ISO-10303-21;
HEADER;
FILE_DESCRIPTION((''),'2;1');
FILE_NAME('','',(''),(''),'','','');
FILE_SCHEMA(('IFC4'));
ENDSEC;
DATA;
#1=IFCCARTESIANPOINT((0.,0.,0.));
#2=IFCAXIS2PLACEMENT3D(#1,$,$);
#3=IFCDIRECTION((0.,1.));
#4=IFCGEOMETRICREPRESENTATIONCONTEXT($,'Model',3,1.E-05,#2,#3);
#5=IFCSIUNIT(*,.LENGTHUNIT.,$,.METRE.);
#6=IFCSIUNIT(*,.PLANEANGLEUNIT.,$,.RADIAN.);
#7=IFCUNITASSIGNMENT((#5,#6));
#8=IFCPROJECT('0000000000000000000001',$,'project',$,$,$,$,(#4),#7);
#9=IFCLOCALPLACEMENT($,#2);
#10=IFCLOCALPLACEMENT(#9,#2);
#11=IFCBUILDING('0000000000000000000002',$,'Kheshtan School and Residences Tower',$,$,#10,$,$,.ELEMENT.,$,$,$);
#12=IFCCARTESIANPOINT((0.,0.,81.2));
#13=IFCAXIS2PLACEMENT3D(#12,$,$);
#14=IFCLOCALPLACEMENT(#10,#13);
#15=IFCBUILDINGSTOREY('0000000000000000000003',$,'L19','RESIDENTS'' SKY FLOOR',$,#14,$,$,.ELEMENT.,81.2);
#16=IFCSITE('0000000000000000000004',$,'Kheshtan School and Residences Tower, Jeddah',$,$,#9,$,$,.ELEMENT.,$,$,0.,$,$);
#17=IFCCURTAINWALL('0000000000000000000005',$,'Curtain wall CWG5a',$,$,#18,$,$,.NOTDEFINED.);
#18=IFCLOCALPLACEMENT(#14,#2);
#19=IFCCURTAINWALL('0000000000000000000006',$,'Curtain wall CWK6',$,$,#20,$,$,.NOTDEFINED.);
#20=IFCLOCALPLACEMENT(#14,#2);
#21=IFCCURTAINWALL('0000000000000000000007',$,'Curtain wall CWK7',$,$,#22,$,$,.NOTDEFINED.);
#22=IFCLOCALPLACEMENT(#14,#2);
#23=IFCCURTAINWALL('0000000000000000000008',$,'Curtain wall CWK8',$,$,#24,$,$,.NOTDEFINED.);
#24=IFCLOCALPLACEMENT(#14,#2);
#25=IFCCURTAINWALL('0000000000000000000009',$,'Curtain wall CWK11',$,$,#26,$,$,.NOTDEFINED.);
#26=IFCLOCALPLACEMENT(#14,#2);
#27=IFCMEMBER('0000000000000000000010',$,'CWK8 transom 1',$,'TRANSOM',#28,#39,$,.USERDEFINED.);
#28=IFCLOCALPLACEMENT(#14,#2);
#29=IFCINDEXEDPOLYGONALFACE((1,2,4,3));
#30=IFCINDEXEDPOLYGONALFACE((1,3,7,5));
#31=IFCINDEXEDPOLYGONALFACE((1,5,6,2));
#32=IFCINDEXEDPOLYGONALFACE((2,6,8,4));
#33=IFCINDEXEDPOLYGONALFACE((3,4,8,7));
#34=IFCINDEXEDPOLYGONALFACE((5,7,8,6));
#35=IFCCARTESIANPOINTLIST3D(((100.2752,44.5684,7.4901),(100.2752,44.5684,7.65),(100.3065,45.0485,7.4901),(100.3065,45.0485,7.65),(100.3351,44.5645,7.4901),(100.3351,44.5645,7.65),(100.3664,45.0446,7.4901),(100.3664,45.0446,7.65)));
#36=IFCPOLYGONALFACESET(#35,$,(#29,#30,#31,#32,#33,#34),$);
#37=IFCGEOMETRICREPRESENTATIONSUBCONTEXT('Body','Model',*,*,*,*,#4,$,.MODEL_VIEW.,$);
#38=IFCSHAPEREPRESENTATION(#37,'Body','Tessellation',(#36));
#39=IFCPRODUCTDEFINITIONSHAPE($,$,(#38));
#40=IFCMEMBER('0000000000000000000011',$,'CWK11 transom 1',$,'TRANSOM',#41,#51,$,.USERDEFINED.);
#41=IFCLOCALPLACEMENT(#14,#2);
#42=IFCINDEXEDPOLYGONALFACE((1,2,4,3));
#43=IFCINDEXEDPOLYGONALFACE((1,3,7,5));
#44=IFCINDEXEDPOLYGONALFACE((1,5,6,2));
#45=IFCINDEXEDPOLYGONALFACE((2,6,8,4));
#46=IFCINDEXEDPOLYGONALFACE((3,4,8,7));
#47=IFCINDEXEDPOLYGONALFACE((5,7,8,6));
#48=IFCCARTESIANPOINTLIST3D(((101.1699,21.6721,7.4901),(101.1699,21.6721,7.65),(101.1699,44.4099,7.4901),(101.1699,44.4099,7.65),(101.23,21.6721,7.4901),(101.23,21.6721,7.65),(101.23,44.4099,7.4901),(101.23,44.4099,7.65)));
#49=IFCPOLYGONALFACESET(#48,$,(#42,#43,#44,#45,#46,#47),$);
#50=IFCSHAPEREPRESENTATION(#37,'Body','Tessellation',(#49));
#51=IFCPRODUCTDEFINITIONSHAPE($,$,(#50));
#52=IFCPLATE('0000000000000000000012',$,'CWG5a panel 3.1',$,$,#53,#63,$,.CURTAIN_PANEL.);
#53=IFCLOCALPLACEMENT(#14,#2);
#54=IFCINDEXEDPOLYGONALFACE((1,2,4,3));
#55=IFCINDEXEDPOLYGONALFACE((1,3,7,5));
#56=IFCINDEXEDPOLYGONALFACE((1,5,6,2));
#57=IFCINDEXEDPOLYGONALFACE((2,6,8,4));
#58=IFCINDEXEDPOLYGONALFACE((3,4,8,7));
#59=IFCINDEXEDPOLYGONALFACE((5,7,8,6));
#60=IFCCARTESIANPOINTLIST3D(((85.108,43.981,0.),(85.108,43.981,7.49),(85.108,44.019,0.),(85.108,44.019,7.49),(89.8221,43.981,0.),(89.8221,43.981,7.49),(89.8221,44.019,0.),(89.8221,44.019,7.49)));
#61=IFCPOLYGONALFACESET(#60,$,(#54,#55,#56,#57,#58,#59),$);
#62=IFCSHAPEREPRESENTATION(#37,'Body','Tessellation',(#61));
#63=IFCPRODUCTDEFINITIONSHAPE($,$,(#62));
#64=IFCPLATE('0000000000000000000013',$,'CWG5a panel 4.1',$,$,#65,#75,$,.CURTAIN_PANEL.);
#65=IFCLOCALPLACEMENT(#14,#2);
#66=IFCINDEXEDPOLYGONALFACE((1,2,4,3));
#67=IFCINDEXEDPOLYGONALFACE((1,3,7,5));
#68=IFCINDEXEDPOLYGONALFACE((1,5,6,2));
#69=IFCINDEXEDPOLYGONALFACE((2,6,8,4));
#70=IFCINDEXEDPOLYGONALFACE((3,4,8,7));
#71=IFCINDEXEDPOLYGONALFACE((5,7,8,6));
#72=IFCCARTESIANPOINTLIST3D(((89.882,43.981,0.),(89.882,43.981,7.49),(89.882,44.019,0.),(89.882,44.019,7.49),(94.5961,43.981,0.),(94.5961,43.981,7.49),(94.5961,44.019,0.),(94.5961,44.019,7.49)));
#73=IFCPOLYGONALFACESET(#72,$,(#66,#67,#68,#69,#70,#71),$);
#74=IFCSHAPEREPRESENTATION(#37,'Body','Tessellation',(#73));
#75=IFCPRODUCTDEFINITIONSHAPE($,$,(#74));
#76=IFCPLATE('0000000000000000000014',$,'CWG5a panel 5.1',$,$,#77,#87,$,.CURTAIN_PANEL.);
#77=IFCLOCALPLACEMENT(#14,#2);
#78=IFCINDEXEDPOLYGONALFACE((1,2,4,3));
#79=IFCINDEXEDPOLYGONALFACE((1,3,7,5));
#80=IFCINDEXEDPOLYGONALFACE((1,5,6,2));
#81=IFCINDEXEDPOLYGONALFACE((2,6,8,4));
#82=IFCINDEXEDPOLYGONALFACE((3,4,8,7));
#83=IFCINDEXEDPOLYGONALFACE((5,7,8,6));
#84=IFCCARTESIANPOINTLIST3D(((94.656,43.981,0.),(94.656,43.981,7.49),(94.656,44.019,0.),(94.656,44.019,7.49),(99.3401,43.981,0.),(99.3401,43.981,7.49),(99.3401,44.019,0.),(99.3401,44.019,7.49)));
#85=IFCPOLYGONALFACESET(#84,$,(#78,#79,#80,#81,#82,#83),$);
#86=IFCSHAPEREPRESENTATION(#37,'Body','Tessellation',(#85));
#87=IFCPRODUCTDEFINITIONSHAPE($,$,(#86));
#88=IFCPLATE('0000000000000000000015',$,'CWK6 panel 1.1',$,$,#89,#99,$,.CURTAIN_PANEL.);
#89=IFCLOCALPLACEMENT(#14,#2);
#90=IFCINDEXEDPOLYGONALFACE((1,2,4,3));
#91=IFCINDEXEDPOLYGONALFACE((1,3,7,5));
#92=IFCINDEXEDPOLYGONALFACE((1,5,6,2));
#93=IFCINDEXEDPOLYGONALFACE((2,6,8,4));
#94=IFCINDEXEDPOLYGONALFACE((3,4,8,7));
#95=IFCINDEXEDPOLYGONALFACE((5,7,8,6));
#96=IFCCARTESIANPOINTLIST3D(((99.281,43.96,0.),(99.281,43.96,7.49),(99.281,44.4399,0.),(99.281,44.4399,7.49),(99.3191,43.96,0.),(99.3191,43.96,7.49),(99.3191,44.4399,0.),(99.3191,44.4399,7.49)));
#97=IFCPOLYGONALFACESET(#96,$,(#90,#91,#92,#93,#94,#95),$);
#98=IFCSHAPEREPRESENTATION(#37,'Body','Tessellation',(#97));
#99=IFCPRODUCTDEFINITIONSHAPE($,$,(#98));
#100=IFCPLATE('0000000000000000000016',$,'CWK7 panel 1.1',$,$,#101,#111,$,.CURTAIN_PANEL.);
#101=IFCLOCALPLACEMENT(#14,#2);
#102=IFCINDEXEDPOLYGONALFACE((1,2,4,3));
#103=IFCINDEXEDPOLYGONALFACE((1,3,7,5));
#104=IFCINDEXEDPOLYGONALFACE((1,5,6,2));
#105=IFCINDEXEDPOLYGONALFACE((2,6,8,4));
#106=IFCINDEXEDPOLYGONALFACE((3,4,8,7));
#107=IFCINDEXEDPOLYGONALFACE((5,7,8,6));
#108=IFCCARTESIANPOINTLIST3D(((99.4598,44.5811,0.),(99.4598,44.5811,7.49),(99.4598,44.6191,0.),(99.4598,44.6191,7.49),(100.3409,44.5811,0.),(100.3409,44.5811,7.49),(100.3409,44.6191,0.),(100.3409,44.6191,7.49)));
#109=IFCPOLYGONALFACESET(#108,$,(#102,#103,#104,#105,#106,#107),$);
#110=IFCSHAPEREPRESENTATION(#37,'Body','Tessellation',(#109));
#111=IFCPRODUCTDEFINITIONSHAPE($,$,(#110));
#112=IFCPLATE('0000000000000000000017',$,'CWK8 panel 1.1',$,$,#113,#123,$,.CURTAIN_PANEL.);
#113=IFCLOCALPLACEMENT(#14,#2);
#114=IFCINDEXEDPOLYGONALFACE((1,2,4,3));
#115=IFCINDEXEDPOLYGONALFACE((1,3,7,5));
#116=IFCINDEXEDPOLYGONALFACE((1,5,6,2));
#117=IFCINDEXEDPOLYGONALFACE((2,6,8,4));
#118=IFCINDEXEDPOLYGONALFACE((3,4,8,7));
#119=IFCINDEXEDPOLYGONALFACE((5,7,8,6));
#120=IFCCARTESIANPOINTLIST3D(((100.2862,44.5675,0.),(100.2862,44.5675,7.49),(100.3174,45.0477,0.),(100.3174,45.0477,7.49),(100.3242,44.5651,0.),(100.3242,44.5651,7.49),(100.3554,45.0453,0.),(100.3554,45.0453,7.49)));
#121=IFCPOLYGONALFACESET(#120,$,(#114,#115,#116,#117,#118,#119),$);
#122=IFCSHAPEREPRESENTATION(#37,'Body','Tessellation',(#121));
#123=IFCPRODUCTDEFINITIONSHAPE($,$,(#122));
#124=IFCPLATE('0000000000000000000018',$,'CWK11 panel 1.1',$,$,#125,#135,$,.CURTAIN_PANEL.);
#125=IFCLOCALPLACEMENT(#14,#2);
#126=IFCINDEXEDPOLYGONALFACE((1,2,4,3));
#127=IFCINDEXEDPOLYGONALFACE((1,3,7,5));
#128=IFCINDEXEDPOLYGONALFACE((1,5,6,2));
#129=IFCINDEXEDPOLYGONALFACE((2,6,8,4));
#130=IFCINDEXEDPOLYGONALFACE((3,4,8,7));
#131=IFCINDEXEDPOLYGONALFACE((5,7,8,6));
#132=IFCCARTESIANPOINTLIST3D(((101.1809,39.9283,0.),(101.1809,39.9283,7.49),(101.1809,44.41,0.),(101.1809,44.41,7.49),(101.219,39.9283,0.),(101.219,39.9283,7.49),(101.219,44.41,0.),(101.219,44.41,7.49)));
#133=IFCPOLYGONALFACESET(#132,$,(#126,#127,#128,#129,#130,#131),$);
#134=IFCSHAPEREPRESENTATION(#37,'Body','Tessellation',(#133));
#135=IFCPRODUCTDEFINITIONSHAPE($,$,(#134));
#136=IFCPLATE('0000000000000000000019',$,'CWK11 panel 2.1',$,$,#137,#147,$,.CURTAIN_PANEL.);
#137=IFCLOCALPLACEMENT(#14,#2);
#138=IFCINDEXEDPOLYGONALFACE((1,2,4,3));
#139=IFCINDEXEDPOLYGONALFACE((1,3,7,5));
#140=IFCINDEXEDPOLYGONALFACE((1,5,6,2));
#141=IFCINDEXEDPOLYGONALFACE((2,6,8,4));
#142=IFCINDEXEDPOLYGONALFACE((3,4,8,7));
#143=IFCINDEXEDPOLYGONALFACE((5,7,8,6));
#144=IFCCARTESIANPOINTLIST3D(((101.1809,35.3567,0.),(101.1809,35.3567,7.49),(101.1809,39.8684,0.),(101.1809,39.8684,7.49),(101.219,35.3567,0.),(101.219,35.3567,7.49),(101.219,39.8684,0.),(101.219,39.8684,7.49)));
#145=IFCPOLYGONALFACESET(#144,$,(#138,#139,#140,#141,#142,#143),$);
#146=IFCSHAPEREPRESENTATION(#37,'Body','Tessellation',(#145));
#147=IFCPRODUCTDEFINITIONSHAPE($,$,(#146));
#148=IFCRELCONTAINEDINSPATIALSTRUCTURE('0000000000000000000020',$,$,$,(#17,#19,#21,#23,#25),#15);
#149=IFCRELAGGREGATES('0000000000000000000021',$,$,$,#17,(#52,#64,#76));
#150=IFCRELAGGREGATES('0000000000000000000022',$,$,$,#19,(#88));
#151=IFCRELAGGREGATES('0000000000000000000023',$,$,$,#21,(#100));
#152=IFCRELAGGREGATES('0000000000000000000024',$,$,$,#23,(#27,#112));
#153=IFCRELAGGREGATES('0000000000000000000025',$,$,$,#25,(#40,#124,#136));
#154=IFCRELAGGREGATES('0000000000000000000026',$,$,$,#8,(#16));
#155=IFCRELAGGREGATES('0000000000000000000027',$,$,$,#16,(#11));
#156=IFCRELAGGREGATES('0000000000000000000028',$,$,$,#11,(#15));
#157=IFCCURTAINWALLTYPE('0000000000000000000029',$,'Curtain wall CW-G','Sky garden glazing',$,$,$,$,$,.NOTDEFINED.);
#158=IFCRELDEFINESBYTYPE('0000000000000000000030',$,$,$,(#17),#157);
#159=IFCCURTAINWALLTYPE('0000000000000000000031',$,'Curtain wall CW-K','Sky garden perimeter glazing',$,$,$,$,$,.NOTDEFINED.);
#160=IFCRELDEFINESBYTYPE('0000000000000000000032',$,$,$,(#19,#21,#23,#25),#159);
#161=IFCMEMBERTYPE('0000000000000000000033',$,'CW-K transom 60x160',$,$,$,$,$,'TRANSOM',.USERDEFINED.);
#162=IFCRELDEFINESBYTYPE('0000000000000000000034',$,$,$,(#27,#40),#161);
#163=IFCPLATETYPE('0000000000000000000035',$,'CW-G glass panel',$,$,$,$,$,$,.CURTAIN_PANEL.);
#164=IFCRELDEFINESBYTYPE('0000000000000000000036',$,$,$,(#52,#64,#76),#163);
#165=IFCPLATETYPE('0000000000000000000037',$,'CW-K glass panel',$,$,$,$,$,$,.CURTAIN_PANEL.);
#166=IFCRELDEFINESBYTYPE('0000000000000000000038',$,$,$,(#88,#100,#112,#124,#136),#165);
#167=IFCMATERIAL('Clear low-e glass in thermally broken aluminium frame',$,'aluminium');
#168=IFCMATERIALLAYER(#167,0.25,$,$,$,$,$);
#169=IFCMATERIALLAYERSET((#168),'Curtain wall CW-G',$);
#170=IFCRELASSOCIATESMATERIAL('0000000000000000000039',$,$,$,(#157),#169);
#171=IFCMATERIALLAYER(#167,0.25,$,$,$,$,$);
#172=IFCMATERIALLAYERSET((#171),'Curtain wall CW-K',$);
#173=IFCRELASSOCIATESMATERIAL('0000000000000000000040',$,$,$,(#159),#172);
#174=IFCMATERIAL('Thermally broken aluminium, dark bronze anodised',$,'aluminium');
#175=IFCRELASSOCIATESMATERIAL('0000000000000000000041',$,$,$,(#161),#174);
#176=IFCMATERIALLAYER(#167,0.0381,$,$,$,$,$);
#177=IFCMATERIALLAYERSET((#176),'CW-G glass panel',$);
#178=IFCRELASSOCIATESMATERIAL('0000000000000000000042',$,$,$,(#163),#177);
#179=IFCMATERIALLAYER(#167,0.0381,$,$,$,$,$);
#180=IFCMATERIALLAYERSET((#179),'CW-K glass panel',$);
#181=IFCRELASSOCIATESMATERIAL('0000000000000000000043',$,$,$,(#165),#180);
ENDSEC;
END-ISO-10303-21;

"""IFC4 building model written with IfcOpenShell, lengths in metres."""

from ifc_helpers import new_model, si_unit, direction, frame, origin, origin_2d, place, context, subcontext, project, spatial, rectangle, extrude, material, layer, layer_set, material_profile, profile_set, type_object, element, aggregate, save


model = new_model("IFC4")

# Units and contexts
model_context = context("Model", 3, precision=1e-05, world=origin(), true_north=direction((0.0, 1.0)))
body_context = subcontext(model_context, "Body", "Model", "MODEL_VIEW")
ifc_project = project(units=[si_unit("LENGTHUNIT", "METRE"), si_unit("PLANEANGLEUNIT", "RADIAN")], contexts=[model_context])

# Site, building, storey
site_placement = place(None, origin())
site = spatial("IfcSite", under=ifc_project, at=site_placement, Name="Kheshtan School and Residences Tower, Jeddah", CompositionType="ELEMENT", RefElevation=0.0)
building_placement = place(site_placement, origin())
building = spatial("IfcBuilding", under=site, at=building_placement, Name="Kheshtan School and Residences Tower", CompositionType="ELEMENT")
storey_placement = place(building_placement, frame((0.0, 0.0, 81.2)))
storey = spatial("IfcBuildingStorey", under=building, at=storey_placement, Name="L19", Description="RESIDENTS' SKY FLOOR", CompositionType="ELEMENT", Elevation=81.2)

# Curtain walls
ifc_material_1 = material(Name="Clear low-e glass in thermally broken aluminium frame", Category="aluminium")
ifc_layer_1 = layer(ifc_material_1, 0.25)
ifc_layer_set_1 = layer_set([ifc_layer_1], Name="Curtain wall CW-G")
curtain_wall_type_1 = type_object("IfcCurtainWallType", Name="Curtain wall CW-G", Description="Sky garden glazing", PredefinedType="NOTDEFINED", material=ifc_layer_set_1)
curtain_wall_1_placement = place(storey_placement, origin())
curtain_wall_1 = element("IfcCurtainWall", 1, at=curtain_wall_1_placement, inside=storey, type_object=curtain_wall_type_1, Name="Curtain wall CWG5a", PredefinedType="NOTDEFINED")
ifc_material_2 = material(Name="Thermally broken aluminium, dark bronze anodised", Category="aluminium")
ifc_layer_2 = layer(ifc_material_1, 0.25)
ifc_layer_set_2 = layer_set([ifc_layer_2], Name="Curtain wall CW-K")
curtain_wall_type_2 = type_object("IfcCurtainWallType", Name="Curtain wall CW-K", Description="Sky garden perimeter glazing", PredefinedType="NOTDEFINED", material=ifc_layer_set_2)
curtain_wall_2_placement = place(storey_placement, origin())
curtain_wall_2 = element("IfcCurtainWall", 2, at=curtain_wall_2_placement, inside=storey, type_object=curtain_wall_type_2, Name="Curtain wall CWK6", PredefinedType="NOTDEFINED")
curtain_wall_3_placement = place(storey_placement, origin())
curtain_wall_3 = element("IfcCurtainWall", 3, at=curtain_wall_3_placement, inside=storey, type_object=curtain_wall_type_2, Name="Curtain wall CWK7", PredefinedType="NOTDEFINED")

# Curtain wall
curtain_wall_4_placement = place(storey_placement, origin())
curtain_wall_4 = element("IfcCurtainWall", 4, at=curtain_wall_4_placement, inside=storey, type_object=curtain_wall_type_2, Name="Curtain wall CWK8", PredefinedType="NOTDEFINED")

# Curtain wall
curtain_wall_5_placement = place(storey_placement, origin())
curtain_wall_5 = element("IfcCurtainWall", 5, at=curtain_wall_5_placement, inside=storey, type_object=curtain_wall_type_2, Name="Curtain wall CWK11", PredefinedType="NOTDEFINED")

# Members
ifc_material_profile_1 = material_profile(ifc_material_2, rectangle(XDim=0.0601, YDim=0.1599, at=origin_2d()), Name="CW-K transom 60x160")
ifc_profile_set_1 = profile_set([ifc_material_profile_1], Name="Thermally broken aluminium, dark bronze anodised")
member_type_1 = type_object("IfcMemberType", Name="CW-K transom 60x160", ElementType="TRANSOM", PredefinedType="USERDEFINED", material=ifc_profile_set_1)
member_1_placement = place(storey_placement, frame((100.3052, 44.5664, 7.5701), z_axis=(0.064936, 0.997889, 0.0), x_axis=(-0.997889, 0.064936, 0.0)))
member_1 = element("IfcMember", 6, at=member_1_placement, type_object=member_type_1, Name="CWK8 transom 1", ObjectType="TRANSOM", PredefinedType="USERDEFINED", context=body_context, shape_type="SweptSolid", body=[
    extrude(rectangle(XDim=0.0601, YDim=0.1599, at=origin_2d()), origin(), (0.0, 0.0, 1.0), 0.4812),
])
member_2_placement = place(storey_placement, frame((101.2, 44.4099, 7.5701), z_axis=(0.0, -1.0, 0.0), x_axis=(1.0, 0.0, 0.0)))
member_2 = element("IfcMember", 7, at=member_2_placement, type_object=member_type_1, Name="CWK11 transom 1", ObjectType="TRANSOM", PredefinedType="USERDEFINED", context=body_context, shape_type="SweptSolid", body=[
    extrude(rectangle(XDim=0.0601, YDim=0.1599, at=origin_2d()), origin(), (0.0, 0.0, 1.0), 22.7378),
])

# Plates
ifc_layer_3 = layer(ifc_material_1, 0.0381)
ifc_layer_set_3 = layer_set([ifc_layer_3], Name="CW-G glass panel")
plate_type_1 = type_object("IfcPlateType", Name="CW-G glass panel", PredefinedType="CURTAIN_PANEL", material=ifc_layer_set_3)
plate_1_placement = place(storey_placement, frame((87.4651, 44.0, 0.0), z_axis=(0.0, 0.0, 1.0), x_axis=(1.0, 0.0, 0.0)))
plate_1 = element("IfcPlate", 8, at=plate_1_placement, type_object=plate_type_1, Name="CWG5a panel 3.1", PredefinedType="CURTAIN_PANEL", context=body_context, shape_type="SweptSolid", body=[
    extrude(rectangle(XDim=4.7141, YDim=0.0381, at=origin_2d()), origin(), (0.0, 0.0, 1.0), 7.49),
])
plate_2_placement = place(storey_placement, frame((92.239, 44.0, 0.0), z_axis=(0.0, 0.0, 1.0), x_axis=(1.0, 0.0, 0.0)))
plate_2 = element("IfcPlate", 9, at=plate_2_placement, type_object=plate_type_1, Name="CWG5a panel 4.1", PredefinedType="CURTAIN_PANEL", context=body_context, shape_type="SweptSolid", body=[
    extrude(rectangle(XDim=4.7141, YDim=0.0381, at=origin_2d()), origin(), (0.0, 0.0, 1.0), 7.49),
])
plate_3_placement = place(storey_placement, frame((96.998, 44.0, 0.0), z_axis=(0.0, 0.0, 1.0), x_axis=(1.0, 0.0, 0.0)))
plate_3 = element("IfcPlate", 10, at=plate_3_placement, type_object=plate_type_1, Name="CWG5a panel 5.1", PredefinedType="CURTAIN_PANEL", context=body_context, shape_type="SweptSolid", body=[
    extrude(rectangle(XDim=4.6841, YDim=0.0381, at=origin_2d()), origin(), (0.0, 0.0, 1.0), 7.49),
])
aggregate(curtain_wall_1, [plate_1, plate_2, plate_3])
ifc_layer_4 = layer(ifc_material_1, 0.0381)
ifc_layer_set_4 = layer_set([ifc_layer_4], Name="CW-K glass panel")
plate_type_2 = type_object("IfcPlateType", Name="CW-K glass panel", PredefinedType="CURTAIN_PANEL", material=ifc_layer_set_4)
plate_4_placement = place(storey_placement, frame((99.3, 44.2, 0.0), z_axis=(0.0, 0.0, 1.0), x_axis=(0.0, 1.0, 0.0)))
plate_4 = element("IfcPlate", 11, at=plate_4_placement, type_object=plate_type_2, Name="CWK6 panel 1.1", PredefinedType="CURTAIN_PANEL", context=body_context, shape_type="SweptSolid", body=[
    extrude(rectangle(XDim=0.48, YDim=0.0381, at=origin_2d()), origin(), (0.0, 0.0, 1.0), 7.49),
])
aggregate(curtain_wall_2, [plate_4])
plate_5_placement = place(storey_placement, frame((99.9004, 44.6001, 0.0), z_axis=(0.0, 0.0, 1.0), x_axis=(1.0, 0.0, 0.0)))
plate_5 = element("IfcPlate", 12, at=plate_5_placement, type_object=plate_type_2, Name="CWK7 panel 1.1", PredefinedType="CURTAIN_PANEL", context=body_context, shape_type="SweptSolid", body=[
    extrude(rectangle(XDim=0.8811, YDim=0.0381, at=origin_2d()), origin(), (0.0, 0.0, 1.0), 7.49),
])
aggregate(curtain_wall_3, [plate_5])
plate_6_placement = place(storey_placement, frame((100.3208, 44.8064, 0.0), z_axis=(0.0, 0.0, 1.0), x_axis=(0.064863, 0.997894, 0.0)))
plate_6 = element("IfcPlate", 13, at=plate_6_placement, type_object=plate_type_2, Name="CWK8 panel 1.1", PredefinedType="CURTAIN_PANEL", context=body_context, shape_type="SweptSolid", body=[
    extrude(rectangle(XDim=0.4812, YDim=0.0381, at=origin_2d()), origin(), (0.0, 0.0, 1.0), 7.49),
])
aggregate(curtain_wall_4, [member_1, plate_6])
plate_7_placement = place(storey_placement, frame((101.2, 42.1692, 0.0), z_axis=(0.0, 0.0, 1.0), x_axis=(0.0, -1.0, 0.0)))
plate_7 = element("IfcPlate", 14, at=plate_7_placement, type_object=plate_type_2, Name="CWK11 panel 1.1", PredefinedType="CURTAIN_PANEL", context=body_context, shape_type="SweptSolid", body=[
    extrude(rectangle(XDim=4.4817, YDim=0.0381, at=origin_2d()), origin(), (0.0, 0.0, 1.0), 7.49),
])
plate_8_placement = place(storey_placement, frame((101.2, 37.6125, 0.0), z_axis=(0.0, 0.0, 1.0), x_axis=(0.0, -1.0, 0.0)))
plate_8 = element("IfcPlate", 15, at=plate_8_placement, type_object=plate_type_2, Name="CWK11 panel 2.1", PredefinedType="CURTAIN_PANEL", context=body_context, shape_type="SweptSolid", body=[
    extrude(rectangle(XDim=4.5117, YDim=0.0381, at=origin_2d()), origin(), (0.0, 0.0, 1.0), 7.49),
])
aggregate(curtain_wall_5, [member_2, plate_7, plate_8])

save(model, "model.ifc")
